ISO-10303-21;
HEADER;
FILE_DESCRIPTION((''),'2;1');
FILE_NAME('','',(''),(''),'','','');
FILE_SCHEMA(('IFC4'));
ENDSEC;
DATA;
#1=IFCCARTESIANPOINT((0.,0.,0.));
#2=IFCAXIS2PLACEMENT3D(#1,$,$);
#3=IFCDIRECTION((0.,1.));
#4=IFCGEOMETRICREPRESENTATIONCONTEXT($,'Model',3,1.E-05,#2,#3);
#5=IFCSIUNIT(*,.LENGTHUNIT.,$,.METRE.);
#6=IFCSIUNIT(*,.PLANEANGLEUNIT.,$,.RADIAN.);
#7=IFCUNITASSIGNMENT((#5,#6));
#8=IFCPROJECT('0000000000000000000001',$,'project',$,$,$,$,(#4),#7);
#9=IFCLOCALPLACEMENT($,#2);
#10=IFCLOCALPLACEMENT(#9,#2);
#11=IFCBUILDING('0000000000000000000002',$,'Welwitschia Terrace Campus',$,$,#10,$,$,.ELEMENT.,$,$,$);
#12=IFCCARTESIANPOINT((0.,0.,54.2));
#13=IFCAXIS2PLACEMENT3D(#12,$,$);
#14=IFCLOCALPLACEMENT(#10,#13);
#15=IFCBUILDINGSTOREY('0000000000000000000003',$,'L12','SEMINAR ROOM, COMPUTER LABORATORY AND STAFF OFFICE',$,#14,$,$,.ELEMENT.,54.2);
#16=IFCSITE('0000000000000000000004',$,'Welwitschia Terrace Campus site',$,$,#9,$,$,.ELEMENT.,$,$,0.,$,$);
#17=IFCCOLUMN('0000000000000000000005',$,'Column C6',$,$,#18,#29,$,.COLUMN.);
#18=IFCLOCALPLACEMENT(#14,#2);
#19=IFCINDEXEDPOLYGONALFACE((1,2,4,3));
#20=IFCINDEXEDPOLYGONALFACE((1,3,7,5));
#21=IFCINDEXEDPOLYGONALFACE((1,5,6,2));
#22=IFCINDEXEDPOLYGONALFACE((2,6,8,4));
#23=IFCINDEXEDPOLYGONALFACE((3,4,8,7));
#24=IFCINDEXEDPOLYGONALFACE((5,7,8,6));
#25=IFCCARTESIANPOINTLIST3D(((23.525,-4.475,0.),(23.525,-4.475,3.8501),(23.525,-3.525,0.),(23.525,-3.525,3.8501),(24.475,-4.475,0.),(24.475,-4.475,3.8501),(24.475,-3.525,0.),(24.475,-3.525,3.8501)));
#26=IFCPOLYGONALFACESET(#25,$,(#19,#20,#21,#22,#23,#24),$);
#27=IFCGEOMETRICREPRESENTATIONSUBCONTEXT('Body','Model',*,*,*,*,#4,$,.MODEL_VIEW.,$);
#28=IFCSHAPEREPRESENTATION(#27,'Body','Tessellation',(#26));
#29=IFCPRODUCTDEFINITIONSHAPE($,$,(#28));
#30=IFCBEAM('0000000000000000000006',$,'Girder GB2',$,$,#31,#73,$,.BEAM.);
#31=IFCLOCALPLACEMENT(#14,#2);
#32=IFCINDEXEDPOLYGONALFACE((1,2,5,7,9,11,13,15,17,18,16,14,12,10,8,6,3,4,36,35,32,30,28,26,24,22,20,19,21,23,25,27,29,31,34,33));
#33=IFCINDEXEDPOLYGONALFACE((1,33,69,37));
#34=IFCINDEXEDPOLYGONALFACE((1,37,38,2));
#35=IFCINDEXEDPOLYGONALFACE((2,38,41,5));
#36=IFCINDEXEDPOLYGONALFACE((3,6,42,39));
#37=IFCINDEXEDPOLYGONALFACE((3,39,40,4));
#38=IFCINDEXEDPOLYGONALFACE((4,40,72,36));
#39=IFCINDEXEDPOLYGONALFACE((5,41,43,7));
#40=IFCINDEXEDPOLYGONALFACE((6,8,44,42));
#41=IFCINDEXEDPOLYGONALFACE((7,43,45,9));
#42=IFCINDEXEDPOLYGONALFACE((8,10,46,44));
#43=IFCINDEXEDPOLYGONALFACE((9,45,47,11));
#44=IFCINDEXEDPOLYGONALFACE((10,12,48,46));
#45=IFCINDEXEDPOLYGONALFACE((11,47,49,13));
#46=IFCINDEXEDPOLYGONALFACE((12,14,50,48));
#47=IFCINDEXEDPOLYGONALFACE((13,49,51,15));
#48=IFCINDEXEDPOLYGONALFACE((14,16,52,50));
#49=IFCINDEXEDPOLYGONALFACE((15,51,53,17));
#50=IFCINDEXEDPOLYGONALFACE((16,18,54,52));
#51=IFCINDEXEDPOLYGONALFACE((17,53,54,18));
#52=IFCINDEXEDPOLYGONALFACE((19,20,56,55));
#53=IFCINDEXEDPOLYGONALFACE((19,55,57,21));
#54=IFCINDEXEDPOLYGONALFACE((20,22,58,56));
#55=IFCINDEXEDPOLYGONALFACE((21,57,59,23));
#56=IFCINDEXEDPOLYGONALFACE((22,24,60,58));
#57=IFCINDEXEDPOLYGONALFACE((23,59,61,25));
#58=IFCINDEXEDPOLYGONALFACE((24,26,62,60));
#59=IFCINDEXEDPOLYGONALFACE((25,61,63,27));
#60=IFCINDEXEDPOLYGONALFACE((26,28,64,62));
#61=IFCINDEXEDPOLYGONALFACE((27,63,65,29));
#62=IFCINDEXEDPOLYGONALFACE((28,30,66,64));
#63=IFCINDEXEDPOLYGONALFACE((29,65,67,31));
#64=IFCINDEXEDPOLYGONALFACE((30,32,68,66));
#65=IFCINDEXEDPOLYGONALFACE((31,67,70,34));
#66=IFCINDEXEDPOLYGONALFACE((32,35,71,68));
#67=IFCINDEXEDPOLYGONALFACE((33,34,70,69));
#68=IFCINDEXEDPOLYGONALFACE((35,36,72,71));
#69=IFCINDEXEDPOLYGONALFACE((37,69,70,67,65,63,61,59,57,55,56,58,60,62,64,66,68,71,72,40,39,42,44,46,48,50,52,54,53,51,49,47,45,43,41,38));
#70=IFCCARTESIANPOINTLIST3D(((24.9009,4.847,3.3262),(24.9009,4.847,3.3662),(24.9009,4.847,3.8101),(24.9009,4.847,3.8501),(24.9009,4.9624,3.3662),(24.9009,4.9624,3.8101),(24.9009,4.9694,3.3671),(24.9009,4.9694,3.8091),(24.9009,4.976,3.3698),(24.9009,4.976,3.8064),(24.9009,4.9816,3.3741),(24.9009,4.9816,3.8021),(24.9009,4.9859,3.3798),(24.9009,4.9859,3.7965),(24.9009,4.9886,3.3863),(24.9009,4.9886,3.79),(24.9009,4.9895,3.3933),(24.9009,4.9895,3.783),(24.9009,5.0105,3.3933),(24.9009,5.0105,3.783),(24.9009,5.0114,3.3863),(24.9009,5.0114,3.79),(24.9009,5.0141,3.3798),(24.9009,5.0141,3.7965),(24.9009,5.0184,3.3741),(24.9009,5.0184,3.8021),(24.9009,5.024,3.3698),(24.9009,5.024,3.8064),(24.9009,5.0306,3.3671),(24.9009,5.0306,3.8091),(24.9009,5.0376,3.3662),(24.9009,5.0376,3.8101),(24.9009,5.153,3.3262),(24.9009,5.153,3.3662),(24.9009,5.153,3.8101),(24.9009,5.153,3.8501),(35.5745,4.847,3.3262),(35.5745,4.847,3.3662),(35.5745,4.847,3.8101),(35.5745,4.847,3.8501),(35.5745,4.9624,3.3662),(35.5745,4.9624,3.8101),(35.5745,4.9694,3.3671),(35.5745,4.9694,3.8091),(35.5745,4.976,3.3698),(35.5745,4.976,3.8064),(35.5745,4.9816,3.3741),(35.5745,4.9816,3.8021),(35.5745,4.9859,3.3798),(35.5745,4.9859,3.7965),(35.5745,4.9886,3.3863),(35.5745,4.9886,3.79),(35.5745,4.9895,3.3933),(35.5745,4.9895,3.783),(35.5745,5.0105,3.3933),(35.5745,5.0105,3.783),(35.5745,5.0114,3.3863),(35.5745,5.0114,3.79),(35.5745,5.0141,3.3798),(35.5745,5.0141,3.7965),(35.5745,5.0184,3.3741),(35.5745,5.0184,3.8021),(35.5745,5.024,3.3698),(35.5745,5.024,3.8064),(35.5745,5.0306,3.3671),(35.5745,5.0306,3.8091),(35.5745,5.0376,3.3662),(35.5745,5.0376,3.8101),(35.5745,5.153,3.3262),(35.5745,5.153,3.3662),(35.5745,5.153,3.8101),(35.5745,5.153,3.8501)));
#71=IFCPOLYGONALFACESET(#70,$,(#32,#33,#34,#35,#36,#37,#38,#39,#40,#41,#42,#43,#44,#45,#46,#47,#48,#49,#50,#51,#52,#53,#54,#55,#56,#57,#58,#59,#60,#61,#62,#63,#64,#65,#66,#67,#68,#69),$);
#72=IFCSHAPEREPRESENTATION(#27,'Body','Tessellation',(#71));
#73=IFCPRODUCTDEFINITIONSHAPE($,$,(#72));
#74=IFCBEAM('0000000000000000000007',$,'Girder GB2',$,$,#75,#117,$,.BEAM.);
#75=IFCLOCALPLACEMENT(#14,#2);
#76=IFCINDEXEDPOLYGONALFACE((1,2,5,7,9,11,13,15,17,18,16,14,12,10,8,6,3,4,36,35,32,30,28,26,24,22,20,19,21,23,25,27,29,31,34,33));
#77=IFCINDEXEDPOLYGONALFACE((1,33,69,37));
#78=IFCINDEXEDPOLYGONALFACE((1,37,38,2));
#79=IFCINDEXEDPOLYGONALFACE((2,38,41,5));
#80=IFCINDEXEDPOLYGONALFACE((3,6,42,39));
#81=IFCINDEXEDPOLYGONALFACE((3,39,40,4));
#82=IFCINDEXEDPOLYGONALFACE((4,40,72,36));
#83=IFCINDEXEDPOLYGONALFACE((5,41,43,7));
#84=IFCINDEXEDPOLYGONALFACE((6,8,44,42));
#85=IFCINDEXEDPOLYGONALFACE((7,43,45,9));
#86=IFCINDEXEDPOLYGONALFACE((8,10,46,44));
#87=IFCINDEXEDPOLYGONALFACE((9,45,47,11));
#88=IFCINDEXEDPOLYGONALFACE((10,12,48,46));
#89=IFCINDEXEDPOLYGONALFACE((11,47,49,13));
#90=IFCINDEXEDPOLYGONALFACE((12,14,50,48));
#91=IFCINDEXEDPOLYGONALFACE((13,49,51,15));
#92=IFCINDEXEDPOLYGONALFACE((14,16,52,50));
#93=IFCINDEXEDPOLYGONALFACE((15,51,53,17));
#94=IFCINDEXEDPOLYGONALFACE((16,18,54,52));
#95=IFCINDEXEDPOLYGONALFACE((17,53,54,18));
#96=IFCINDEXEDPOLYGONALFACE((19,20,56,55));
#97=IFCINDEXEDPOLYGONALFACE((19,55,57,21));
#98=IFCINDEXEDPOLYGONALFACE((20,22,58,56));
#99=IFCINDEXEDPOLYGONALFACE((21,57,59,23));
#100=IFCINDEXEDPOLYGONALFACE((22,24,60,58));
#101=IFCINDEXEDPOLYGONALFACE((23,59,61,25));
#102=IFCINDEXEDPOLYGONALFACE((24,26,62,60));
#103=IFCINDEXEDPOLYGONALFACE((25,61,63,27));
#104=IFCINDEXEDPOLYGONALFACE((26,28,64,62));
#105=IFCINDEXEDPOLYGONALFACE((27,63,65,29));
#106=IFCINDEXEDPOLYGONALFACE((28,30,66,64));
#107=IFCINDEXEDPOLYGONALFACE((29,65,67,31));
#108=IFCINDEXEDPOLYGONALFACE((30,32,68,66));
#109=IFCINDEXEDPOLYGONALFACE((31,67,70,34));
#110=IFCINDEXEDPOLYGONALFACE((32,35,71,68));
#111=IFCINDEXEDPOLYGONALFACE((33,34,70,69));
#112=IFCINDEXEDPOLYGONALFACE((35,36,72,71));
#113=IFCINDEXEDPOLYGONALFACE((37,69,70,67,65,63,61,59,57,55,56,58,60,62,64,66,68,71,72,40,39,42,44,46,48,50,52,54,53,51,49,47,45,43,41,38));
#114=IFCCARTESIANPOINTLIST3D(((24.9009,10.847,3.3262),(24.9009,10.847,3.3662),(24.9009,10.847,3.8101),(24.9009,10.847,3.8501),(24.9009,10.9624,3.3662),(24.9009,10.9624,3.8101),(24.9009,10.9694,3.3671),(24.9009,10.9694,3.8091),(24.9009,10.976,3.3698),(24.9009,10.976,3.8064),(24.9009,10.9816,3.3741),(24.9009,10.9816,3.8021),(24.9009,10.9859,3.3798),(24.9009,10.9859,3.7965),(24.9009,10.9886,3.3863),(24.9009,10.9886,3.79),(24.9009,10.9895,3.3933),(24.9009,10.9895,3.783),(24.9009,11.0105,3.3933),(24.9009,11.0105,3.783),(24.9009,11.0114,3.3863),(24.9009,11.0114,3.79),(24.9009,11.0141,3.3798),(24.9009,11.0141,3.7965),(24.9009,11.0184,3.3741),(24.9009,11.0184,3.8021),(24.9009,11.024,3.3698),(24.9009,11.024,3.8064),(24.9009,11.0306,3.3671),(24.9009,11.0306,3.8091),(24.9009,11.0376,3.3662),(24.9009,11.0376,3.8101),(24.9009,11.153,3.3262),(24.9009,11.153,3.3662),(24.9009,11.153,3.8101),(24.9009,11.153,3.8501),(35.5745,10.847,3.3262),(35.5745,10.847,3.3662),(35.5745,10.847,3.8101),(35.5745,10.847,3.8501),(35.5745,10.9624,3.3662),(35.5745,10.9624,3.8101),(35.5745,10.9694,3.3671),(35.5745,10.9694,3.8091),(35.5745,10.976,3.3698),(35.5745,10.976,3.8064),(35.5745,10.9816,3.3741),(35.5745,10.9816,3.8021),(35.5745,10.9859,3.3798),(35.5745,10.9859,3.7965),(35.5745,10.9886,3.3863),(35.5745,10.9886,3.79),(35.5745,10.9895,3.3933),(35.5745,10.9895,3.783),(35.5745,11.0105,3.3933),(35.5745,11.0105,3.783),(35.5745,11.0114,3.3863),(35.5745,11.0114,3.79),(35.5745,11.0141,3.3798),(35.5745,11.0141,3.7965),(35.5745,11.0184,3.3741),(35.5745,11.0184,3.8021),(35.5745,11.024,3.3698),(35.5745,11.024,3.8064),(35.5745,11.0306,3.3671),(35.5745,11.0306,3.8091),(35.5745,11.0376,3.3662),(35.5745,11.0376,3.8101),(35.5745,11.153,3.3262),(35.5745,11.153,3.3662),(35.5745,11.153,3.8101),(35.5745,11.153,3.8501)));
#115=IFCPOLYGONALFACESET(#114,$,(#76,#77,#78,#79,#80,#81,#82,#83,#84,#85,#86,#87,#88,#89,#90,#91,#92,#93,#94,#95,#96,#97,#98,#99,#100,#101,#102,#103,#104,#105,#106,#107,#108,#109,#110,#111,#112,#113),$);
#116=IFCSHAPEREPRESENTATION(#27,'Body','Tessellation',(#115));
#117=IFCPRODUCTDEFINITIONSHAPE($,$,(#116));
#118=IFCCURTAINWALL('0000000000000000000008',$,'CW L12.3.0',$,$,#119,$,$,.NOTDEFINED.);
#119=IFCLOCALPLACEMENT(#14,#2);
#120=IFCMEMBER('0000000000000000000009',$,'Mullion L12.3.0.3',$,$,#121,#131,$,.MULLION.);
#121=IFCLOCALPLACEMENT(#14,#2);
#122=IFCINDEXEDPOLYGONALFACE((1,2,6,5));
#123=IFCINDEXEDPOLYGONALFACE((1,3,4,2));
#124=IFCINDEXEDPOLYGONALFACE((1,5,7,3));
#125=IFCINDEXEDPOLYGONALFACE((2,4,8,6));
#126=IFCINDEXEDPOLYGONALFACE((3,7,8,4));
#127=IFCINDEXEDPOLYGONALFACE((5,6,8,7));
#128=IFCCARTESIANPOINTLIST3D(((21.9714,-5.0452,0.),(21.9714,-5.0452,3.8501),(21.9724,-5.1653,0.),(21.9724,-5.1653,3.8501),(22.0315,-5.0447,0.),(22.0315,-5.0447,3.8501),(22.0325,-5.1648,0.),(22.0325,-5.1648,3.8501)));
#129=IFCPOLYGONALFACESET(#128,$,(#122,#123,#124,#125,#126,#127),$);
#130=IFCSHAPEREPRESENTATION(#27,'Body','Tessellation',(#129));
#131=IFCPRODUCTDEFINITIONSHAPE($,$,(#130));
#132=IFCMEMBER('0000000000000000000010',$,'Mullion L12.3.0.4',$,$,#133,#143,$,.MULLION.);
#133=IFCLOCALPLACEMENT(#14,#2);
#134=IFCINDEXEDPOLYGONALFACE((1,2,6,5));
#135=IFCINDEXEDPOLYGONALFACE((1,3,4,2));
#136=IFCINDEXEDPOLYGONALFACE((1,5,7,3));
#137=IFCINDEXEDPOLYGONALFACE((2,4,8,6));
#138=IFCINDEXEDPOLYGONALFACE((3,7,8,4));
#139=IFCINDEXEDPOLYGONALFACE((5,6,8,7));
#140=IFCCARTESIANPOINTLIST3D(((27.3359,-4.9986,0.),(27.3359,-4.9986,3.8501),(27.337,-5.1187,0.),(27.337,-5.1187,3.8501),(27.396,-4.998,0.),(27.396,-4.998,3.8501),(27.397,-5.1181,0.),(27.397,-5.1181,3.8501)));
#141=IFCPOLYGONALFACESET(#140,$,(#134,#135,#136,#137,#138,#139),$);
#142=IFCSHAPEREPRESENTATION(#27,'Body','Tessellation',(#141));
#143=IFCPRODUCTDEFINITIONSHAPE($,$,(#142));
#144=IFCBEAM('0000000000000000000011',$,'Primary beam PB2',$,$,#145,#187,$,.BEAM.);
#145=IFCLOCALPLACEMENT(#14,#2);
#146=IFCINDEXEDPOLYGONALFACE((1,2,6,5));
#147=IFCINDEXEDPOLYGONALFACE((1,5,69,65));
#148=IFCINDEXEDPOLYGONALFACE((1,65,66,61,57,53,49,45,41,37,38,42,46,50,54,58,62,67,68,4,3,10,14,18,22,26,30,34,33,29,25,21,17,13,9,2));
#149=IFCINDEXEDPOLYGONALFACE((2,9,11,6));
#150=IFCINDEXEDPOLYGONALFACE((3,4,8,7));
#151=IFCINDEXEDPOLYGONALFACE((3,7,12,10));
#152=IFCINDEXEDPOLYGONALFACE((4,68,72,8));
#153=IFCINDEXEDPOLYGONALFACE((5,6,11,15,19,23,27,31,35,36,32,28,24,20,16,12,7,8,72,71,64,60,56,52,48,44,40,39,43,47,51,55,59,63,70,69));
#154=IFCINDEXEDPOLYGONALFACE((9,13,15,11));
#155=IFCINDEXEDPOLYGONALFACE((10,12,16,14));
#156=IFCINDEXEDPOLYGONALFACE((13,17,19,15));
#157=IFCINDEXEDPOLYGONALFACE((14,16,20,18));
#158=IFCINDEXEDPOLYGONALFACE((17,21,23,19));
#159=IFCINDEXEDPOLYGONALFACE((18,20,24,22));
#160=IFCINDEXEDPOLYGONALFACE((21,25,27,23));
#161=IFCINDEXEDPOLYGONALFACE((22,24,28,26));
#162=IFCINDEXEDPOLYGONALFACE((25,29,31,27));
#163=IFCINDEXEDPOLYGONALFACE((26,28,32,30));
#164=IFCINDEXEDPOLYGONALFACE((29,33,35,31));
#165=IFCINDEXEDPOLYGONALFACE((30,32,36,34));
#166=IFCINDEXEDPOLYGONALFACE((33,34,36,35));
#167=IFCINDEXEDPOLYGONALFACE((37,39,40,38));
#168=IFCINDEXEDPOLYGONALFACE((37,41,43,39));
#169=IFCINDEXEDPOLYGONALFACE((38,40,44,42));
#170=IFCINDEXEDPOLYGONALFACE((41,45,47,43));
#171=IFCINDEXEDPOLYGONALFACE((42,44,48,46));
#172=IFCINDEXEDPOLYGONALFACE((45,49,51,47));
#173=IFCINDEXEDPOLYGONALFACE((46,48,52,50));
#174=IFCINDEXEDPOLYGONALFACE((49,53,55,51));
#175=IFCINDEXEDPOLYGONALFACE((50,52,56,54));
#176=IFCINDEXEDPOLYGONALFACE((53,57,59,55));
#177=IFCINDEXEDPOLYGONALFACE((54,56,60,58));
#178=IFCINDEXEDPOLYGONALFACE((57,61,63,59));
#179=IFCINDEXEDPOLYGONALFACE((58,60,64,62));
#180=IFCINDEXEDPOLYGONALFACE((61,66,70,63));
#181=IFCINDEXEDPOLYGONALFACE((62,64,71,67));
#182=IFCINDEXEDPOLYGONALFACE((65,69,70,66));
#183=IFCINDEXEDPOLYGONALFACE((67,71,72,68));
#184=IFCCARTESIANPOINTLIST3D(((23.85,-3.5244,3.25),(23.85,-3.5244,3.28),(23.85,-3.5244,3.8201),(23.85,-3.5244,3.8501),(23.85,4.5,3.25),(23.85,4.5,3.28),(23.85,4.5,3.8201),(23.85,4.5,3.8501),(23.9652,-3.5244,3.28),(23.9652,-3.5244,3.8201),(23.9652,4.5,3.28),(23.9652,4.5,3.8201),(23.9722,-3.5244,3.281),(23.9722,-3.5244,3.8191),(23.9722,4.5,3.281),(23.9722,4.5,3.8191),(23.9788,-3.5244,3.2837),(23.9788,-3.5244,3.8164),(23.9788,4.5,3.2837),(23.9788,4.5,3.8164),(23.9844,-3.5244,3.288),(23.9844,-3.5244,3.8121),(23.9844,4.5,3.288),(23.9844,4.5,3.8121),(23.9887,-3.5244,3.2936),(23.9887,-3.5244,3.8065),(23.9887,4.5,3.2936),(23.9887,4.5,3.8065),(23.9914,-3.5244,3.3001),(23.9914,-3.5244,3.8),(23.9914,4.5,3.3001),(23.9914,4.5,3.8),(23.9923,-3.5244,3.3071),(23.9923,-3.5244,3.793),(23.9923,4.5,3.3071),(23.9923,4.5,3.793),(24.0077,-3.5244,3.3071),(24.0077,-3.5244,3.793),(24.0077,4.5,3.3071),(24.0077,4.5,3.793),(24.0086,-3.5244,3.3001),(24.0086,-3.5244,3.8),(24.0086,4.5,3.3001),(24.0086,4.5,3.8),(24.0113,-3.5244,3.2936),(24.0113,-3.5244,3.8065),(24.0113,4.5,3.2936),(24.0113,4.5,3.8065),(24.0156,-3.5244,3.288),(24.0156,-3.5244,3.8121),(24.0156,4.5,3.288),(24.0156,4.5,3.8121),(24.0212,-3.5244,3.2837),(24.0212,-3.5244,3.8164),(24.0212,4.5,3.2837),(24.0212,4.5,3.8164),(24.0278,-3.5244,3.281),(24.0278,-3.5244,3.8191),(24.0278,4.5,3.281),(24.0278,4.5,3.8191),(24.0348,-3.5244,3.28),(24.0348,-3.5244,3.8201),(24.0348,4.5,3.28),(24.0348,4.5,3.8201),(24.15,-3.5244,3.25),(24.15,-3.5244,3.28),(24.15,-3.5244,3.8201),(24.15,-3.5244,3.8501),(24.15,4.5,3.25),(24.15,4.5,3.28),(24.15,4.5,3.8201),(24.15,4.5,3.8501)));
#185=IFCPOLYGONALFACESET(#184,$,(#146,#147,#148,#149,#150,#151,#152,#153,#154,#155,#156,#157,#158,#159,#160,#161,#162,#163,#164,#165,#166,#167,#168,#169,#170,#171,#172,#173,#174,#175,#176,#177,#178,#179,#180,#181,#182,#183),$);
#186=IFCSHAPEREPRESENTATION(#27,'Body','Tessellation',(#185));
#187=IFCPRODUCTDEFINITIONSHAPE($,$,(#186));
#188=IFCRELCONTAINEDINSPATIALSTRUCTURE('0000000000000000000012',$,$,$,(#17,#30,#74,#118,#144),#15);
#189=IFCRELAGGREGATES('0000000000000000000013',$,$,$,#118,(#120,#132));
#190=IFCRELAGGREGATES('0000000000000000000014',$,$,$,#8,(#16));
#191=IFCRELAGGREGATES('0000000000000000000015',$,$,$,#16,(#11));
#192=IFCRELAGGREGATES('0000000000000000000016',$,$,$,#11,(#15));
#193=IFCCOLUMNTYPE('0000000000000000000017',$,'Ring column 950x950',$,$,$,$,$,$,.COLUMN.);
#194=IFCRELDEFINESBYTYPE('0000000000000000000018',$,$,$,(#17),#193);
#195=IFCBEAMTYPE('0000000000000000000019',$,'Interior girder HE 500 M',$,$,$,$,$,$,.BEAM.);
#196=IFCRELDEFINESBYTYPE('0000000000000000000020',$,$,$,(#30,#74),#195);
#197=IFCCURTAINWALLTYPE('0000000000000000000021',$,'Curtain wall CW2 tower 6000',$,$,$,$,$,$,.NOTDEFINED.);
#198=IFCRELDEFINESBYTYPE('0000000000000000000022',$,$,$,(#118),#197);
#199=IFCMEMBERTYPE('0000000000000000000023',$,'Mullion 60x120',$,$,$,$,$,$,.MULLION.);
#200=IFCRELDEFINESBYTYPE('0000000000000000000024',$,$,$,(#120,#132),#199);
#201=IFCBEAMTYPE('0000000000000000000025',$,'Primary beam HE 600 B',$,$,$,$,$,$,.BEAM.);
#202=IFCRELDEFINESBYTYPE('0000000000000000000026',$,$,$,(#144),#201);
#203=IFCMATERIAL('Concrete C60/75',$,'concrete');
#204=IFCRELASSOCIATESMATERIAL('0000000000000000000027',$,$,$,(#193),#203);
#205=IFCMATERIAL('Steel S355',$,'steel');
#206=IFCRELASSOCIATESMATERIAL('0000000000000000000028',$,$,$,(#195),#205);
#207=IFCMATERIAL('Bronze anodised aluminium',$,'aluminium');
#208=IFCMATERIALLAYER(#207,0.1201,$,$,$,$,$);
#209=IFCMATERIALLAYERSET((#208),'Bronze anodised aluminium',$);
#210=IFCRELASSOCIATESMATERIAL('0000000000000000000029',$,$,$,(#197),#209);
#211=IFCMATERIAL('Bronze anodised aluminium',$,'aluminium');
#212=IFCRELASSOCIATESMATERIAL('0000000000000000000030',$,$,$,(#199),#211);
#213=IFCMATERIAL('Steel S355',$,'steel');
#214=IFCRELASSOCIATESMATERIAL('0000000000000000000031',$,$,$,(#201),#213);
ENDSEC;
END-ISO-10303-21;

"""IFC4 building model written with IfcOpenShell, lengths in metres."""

from ifc_helpers import new_model, si_unit, direction, frame, origin, origin_2d, place, context, subcontext, project, spatial, rectangle, i_section, extrude, material, layer, layer_set, material_profile, profile_set, type_object, element, aggregate, save


model = new_model("IFC4")

# Units and contexts
model_context = context("Model", 3, precision=1e-05, world=origin(), true_north=direction((0.0, 1.0)))
body_context = subcontext(model_context, "Body", "Model", "MODEL_VIEW")
ifc_project = project(units=[si_unit("LENGTHUNIT", "METRE"), si_unit("PLANEANGLEUNIT", "RADIAN")], contexts=[model_context])

# Site, building, storey
site_placement = place(None, origin())
site = spatial("IfcSite", under=ifc_project, at=site_placement, Name="Welwitschia Terrace Campus site", CompositionType="ELEMENT", RefElevation=0.0)
building_placement = place(site_placement, origin())
building = spatial("IfcBuilding", under=site, at=building_placement, Name="Welwitschia Terrace Campus", CompositionType="ELEMENT")
storey_placement = place(building_placement, frame((0.0, 0.0, 54.2)))
storey = spatial("IfcBuildingStorey", under=building, at=storey_placement, Name="L12", Description="SEMINAR ROOM, COMPUTER LABORATORY AND STAFF OFFICE", CompositionType="ELEMENT", Elevation=54.2)

# Column
ifc_material_1 = material(Name="Concrete C60/75", Category="concrete")
ifc_material_profile_1 = material_profile(ifc_material_1, rectangle(XDim=0.95, YDim=0.95, at=origin_2d()))
ifc_profile_set_1 = profile_set([ifc_material_profile_1], Name="Concrete C60/75")
column_type = type_object("IfcColumnType", Name="Ring column 950x950", PredefinedType="COLUMN", material=ifc_profile_set_1)
column_placement = place(storey_placement, frame((24.0, -4.0, 0.0), z_axis=(0.0, 0.0, 1.0), x_axis=(1.0, 0.0, 0.0)))
element("IfcColumn", 1, at=column_placement, inside=storey, type_object=column_type, Name="Column C6", PredefinedType="COLUMN", context=body_context, shape_type="SweptSolid", body=[
    extrude(rectangle(XDim=0.95, YDim=0.95, at=origin_2d()), origin(), (0.0, 0.0, 1.0), 3.8501),
])

# Beams
ifc_material_2 = material(Name="Steel S355", Category="steel")
ifc_material_profile_2 = material_profile(ifc_material_2, i_section(OverallWidth=0.3059, OverallDepth=0.5239, WebThickness=0.021, FlangeThickness=0.04, FilletRadius=0.0271, at=origin_2d()))
ifc_profile_set_2 = profile_set([ifc_material_profile_2], Name="Steel S355")
beam_type_1 = type_object("IfcBeamType", Name="Interior girder HE 500 M", PredefinedType="BEAM", material=ifc_profile_set_2)
for number, where, z_axis, x_axis, name in (
    (2, (24.9009, 5.0, 3.5881), (1.0, 0.0, 0.0), (0.0, 1.0, 0.0), "Girder GB2"),
    (3, (24.9009, 11.0, 3.5881), (1.0, 0.0, 0.0), (0.0, 1.0, 0.0), "Girder GB2"),
):
    element("IfcBeam", number, at=place(storey_placement, frame(where, z_axis=z_axis, x_axis=x_axis)), inside=storey, type_object=beam_type_1, Name=name, PredefinedType="BEAM", context=body_context, shape_type="SweptSolid", body=[
        extrude(i_section(OverallWidth=0.3059, OverallDepth=0.5239, WebThickness=0.021, FlangeThickness=0.04, FilletRadius=0.0271, at=origin_2d()), origin(), (0.0, 0.0, 1.0), 10.6736),
    ])

# Curtain wall, members
ifc_material_3 = material(Name="Bronze anodised aluminium", Category="aluminium")
ifc_layer_1 = layer(ifc_material_3, 0.1201)
ifc_layer_set_1 = layer_set([ifc_layer_1], Name="Bronze anodised aluminium")
curtain_wall_type = type_object("IfcCurtainWallType", Name="Curtain wall CW2 tower 6000", PredefinedType="NOTDEFINED", material=ifc_layer_set_1)
curtain_wall_placement = place(storey_placement, origin())
curtain_wall = element("IfcCurtainWall", 4, at=curtain_wall_placement, inside=storey, type_object=curtain_wall_type, Name="CW L12.3.0", PredefinedType="NOTDEFINED")
ifc_material_4 = material(Name="Bronze anodised aluminium", Category="aluminium")
ifc_material_profile_3 = material_profile(ifc_material_4, rectangle(XDim=0.1201, YDim=0.0601, at=origin_2d()))
ifc_profile_set_3 = profile_set([ifc_material_profile_3], Name="Bronze anodised aluminium")
member_type = type_object("IfcMemberType", Name="Mullion 60x120", PredefinedType="MULLION", material=ifc_profile_set_3)
member_1_placement = place(storey_placement, frame((22.002, -5.105, 0.0), z_axis=(0.0, 0.0, 1.0), x_axis=(-0.008727, 0.999962, 0.0)))
member_1 = element("IfcMember", 5, at=member_1_placement, type_object=member_type, Name="Mullion L12.3.0.3", PredefinedType="MULLION", context=body_context, shape_type="SweptSolid", body=[
    extrude(rectangle(XDim=0.1201, YDim=0.0601, at=origin_2d()), origin(), (0.0, 0.0, 1.0), 3.8501),
])
member_2_placement = place(storey_placement, frame((27.3665, -5.0583, 0.0), z_axis=(0.0, 0.0, 1.0), x_axis=(-0.008727, 0.999962, 0.0)))
member_2 = element("IfcMember", 6, at=member_2_placement, type_object=member_type, Name="Mullion L12.3.0.4", PredefinedType="MULLION", context=body_context, shape_type="SweptSolid", body=[
    extrude(rectangle(XDim=0.1201, YDim=0.0601, at=origin_2d()), origin(), (0.0, 0.0, 1.0), 3.8501),
])

# Beam
ifc_material_5 = material(Name="Steel S355", Category="steel")
ifc_material_profile_4 = material_profile(ifc_material_5, i_section(OverallWidth=0.3, OverallDepth=0.6001, WebThickness=0.0154, FlangeThickness=0.03, FilletRadius=0.0271, at=origin_2d()))
ifc_profile_set_4 = profile_set([ifc_material_profile_4], Name="Steel S355")
beam_type_2 = type_object("IfcBeamType", Name="Primary beam HE 600 B", PredefinedType="BEAM", material=ifc_profile_set_4)
beam_placement = place(storey_placement, frame((24.0, -3.5244, 3.55), z_axis=(0.0, 1.0, 0.0), x_axis=(-1.0, 0.0, 0.0)))
element("IfcBeam", 7, at=beam_placement, inside=storey, type_object=beam_type_2, Name="Primary beam PB2", PredefinedType="BEAM", context=body_context, shape_type="SweptSolid", body=[
    extrude(i_section(OverallWidth=0.3, OverallDepth=0.6001, WebThickness=0.0154, FlangeThickness=0.03, FilletRadius=0.0271, at=origin_2d()), origin(), (0.0, 0.0, 1.0), 8.0244),
])

aggregate(curtain_wall, [member_1, member_2])

save(model, "model.ifc")
